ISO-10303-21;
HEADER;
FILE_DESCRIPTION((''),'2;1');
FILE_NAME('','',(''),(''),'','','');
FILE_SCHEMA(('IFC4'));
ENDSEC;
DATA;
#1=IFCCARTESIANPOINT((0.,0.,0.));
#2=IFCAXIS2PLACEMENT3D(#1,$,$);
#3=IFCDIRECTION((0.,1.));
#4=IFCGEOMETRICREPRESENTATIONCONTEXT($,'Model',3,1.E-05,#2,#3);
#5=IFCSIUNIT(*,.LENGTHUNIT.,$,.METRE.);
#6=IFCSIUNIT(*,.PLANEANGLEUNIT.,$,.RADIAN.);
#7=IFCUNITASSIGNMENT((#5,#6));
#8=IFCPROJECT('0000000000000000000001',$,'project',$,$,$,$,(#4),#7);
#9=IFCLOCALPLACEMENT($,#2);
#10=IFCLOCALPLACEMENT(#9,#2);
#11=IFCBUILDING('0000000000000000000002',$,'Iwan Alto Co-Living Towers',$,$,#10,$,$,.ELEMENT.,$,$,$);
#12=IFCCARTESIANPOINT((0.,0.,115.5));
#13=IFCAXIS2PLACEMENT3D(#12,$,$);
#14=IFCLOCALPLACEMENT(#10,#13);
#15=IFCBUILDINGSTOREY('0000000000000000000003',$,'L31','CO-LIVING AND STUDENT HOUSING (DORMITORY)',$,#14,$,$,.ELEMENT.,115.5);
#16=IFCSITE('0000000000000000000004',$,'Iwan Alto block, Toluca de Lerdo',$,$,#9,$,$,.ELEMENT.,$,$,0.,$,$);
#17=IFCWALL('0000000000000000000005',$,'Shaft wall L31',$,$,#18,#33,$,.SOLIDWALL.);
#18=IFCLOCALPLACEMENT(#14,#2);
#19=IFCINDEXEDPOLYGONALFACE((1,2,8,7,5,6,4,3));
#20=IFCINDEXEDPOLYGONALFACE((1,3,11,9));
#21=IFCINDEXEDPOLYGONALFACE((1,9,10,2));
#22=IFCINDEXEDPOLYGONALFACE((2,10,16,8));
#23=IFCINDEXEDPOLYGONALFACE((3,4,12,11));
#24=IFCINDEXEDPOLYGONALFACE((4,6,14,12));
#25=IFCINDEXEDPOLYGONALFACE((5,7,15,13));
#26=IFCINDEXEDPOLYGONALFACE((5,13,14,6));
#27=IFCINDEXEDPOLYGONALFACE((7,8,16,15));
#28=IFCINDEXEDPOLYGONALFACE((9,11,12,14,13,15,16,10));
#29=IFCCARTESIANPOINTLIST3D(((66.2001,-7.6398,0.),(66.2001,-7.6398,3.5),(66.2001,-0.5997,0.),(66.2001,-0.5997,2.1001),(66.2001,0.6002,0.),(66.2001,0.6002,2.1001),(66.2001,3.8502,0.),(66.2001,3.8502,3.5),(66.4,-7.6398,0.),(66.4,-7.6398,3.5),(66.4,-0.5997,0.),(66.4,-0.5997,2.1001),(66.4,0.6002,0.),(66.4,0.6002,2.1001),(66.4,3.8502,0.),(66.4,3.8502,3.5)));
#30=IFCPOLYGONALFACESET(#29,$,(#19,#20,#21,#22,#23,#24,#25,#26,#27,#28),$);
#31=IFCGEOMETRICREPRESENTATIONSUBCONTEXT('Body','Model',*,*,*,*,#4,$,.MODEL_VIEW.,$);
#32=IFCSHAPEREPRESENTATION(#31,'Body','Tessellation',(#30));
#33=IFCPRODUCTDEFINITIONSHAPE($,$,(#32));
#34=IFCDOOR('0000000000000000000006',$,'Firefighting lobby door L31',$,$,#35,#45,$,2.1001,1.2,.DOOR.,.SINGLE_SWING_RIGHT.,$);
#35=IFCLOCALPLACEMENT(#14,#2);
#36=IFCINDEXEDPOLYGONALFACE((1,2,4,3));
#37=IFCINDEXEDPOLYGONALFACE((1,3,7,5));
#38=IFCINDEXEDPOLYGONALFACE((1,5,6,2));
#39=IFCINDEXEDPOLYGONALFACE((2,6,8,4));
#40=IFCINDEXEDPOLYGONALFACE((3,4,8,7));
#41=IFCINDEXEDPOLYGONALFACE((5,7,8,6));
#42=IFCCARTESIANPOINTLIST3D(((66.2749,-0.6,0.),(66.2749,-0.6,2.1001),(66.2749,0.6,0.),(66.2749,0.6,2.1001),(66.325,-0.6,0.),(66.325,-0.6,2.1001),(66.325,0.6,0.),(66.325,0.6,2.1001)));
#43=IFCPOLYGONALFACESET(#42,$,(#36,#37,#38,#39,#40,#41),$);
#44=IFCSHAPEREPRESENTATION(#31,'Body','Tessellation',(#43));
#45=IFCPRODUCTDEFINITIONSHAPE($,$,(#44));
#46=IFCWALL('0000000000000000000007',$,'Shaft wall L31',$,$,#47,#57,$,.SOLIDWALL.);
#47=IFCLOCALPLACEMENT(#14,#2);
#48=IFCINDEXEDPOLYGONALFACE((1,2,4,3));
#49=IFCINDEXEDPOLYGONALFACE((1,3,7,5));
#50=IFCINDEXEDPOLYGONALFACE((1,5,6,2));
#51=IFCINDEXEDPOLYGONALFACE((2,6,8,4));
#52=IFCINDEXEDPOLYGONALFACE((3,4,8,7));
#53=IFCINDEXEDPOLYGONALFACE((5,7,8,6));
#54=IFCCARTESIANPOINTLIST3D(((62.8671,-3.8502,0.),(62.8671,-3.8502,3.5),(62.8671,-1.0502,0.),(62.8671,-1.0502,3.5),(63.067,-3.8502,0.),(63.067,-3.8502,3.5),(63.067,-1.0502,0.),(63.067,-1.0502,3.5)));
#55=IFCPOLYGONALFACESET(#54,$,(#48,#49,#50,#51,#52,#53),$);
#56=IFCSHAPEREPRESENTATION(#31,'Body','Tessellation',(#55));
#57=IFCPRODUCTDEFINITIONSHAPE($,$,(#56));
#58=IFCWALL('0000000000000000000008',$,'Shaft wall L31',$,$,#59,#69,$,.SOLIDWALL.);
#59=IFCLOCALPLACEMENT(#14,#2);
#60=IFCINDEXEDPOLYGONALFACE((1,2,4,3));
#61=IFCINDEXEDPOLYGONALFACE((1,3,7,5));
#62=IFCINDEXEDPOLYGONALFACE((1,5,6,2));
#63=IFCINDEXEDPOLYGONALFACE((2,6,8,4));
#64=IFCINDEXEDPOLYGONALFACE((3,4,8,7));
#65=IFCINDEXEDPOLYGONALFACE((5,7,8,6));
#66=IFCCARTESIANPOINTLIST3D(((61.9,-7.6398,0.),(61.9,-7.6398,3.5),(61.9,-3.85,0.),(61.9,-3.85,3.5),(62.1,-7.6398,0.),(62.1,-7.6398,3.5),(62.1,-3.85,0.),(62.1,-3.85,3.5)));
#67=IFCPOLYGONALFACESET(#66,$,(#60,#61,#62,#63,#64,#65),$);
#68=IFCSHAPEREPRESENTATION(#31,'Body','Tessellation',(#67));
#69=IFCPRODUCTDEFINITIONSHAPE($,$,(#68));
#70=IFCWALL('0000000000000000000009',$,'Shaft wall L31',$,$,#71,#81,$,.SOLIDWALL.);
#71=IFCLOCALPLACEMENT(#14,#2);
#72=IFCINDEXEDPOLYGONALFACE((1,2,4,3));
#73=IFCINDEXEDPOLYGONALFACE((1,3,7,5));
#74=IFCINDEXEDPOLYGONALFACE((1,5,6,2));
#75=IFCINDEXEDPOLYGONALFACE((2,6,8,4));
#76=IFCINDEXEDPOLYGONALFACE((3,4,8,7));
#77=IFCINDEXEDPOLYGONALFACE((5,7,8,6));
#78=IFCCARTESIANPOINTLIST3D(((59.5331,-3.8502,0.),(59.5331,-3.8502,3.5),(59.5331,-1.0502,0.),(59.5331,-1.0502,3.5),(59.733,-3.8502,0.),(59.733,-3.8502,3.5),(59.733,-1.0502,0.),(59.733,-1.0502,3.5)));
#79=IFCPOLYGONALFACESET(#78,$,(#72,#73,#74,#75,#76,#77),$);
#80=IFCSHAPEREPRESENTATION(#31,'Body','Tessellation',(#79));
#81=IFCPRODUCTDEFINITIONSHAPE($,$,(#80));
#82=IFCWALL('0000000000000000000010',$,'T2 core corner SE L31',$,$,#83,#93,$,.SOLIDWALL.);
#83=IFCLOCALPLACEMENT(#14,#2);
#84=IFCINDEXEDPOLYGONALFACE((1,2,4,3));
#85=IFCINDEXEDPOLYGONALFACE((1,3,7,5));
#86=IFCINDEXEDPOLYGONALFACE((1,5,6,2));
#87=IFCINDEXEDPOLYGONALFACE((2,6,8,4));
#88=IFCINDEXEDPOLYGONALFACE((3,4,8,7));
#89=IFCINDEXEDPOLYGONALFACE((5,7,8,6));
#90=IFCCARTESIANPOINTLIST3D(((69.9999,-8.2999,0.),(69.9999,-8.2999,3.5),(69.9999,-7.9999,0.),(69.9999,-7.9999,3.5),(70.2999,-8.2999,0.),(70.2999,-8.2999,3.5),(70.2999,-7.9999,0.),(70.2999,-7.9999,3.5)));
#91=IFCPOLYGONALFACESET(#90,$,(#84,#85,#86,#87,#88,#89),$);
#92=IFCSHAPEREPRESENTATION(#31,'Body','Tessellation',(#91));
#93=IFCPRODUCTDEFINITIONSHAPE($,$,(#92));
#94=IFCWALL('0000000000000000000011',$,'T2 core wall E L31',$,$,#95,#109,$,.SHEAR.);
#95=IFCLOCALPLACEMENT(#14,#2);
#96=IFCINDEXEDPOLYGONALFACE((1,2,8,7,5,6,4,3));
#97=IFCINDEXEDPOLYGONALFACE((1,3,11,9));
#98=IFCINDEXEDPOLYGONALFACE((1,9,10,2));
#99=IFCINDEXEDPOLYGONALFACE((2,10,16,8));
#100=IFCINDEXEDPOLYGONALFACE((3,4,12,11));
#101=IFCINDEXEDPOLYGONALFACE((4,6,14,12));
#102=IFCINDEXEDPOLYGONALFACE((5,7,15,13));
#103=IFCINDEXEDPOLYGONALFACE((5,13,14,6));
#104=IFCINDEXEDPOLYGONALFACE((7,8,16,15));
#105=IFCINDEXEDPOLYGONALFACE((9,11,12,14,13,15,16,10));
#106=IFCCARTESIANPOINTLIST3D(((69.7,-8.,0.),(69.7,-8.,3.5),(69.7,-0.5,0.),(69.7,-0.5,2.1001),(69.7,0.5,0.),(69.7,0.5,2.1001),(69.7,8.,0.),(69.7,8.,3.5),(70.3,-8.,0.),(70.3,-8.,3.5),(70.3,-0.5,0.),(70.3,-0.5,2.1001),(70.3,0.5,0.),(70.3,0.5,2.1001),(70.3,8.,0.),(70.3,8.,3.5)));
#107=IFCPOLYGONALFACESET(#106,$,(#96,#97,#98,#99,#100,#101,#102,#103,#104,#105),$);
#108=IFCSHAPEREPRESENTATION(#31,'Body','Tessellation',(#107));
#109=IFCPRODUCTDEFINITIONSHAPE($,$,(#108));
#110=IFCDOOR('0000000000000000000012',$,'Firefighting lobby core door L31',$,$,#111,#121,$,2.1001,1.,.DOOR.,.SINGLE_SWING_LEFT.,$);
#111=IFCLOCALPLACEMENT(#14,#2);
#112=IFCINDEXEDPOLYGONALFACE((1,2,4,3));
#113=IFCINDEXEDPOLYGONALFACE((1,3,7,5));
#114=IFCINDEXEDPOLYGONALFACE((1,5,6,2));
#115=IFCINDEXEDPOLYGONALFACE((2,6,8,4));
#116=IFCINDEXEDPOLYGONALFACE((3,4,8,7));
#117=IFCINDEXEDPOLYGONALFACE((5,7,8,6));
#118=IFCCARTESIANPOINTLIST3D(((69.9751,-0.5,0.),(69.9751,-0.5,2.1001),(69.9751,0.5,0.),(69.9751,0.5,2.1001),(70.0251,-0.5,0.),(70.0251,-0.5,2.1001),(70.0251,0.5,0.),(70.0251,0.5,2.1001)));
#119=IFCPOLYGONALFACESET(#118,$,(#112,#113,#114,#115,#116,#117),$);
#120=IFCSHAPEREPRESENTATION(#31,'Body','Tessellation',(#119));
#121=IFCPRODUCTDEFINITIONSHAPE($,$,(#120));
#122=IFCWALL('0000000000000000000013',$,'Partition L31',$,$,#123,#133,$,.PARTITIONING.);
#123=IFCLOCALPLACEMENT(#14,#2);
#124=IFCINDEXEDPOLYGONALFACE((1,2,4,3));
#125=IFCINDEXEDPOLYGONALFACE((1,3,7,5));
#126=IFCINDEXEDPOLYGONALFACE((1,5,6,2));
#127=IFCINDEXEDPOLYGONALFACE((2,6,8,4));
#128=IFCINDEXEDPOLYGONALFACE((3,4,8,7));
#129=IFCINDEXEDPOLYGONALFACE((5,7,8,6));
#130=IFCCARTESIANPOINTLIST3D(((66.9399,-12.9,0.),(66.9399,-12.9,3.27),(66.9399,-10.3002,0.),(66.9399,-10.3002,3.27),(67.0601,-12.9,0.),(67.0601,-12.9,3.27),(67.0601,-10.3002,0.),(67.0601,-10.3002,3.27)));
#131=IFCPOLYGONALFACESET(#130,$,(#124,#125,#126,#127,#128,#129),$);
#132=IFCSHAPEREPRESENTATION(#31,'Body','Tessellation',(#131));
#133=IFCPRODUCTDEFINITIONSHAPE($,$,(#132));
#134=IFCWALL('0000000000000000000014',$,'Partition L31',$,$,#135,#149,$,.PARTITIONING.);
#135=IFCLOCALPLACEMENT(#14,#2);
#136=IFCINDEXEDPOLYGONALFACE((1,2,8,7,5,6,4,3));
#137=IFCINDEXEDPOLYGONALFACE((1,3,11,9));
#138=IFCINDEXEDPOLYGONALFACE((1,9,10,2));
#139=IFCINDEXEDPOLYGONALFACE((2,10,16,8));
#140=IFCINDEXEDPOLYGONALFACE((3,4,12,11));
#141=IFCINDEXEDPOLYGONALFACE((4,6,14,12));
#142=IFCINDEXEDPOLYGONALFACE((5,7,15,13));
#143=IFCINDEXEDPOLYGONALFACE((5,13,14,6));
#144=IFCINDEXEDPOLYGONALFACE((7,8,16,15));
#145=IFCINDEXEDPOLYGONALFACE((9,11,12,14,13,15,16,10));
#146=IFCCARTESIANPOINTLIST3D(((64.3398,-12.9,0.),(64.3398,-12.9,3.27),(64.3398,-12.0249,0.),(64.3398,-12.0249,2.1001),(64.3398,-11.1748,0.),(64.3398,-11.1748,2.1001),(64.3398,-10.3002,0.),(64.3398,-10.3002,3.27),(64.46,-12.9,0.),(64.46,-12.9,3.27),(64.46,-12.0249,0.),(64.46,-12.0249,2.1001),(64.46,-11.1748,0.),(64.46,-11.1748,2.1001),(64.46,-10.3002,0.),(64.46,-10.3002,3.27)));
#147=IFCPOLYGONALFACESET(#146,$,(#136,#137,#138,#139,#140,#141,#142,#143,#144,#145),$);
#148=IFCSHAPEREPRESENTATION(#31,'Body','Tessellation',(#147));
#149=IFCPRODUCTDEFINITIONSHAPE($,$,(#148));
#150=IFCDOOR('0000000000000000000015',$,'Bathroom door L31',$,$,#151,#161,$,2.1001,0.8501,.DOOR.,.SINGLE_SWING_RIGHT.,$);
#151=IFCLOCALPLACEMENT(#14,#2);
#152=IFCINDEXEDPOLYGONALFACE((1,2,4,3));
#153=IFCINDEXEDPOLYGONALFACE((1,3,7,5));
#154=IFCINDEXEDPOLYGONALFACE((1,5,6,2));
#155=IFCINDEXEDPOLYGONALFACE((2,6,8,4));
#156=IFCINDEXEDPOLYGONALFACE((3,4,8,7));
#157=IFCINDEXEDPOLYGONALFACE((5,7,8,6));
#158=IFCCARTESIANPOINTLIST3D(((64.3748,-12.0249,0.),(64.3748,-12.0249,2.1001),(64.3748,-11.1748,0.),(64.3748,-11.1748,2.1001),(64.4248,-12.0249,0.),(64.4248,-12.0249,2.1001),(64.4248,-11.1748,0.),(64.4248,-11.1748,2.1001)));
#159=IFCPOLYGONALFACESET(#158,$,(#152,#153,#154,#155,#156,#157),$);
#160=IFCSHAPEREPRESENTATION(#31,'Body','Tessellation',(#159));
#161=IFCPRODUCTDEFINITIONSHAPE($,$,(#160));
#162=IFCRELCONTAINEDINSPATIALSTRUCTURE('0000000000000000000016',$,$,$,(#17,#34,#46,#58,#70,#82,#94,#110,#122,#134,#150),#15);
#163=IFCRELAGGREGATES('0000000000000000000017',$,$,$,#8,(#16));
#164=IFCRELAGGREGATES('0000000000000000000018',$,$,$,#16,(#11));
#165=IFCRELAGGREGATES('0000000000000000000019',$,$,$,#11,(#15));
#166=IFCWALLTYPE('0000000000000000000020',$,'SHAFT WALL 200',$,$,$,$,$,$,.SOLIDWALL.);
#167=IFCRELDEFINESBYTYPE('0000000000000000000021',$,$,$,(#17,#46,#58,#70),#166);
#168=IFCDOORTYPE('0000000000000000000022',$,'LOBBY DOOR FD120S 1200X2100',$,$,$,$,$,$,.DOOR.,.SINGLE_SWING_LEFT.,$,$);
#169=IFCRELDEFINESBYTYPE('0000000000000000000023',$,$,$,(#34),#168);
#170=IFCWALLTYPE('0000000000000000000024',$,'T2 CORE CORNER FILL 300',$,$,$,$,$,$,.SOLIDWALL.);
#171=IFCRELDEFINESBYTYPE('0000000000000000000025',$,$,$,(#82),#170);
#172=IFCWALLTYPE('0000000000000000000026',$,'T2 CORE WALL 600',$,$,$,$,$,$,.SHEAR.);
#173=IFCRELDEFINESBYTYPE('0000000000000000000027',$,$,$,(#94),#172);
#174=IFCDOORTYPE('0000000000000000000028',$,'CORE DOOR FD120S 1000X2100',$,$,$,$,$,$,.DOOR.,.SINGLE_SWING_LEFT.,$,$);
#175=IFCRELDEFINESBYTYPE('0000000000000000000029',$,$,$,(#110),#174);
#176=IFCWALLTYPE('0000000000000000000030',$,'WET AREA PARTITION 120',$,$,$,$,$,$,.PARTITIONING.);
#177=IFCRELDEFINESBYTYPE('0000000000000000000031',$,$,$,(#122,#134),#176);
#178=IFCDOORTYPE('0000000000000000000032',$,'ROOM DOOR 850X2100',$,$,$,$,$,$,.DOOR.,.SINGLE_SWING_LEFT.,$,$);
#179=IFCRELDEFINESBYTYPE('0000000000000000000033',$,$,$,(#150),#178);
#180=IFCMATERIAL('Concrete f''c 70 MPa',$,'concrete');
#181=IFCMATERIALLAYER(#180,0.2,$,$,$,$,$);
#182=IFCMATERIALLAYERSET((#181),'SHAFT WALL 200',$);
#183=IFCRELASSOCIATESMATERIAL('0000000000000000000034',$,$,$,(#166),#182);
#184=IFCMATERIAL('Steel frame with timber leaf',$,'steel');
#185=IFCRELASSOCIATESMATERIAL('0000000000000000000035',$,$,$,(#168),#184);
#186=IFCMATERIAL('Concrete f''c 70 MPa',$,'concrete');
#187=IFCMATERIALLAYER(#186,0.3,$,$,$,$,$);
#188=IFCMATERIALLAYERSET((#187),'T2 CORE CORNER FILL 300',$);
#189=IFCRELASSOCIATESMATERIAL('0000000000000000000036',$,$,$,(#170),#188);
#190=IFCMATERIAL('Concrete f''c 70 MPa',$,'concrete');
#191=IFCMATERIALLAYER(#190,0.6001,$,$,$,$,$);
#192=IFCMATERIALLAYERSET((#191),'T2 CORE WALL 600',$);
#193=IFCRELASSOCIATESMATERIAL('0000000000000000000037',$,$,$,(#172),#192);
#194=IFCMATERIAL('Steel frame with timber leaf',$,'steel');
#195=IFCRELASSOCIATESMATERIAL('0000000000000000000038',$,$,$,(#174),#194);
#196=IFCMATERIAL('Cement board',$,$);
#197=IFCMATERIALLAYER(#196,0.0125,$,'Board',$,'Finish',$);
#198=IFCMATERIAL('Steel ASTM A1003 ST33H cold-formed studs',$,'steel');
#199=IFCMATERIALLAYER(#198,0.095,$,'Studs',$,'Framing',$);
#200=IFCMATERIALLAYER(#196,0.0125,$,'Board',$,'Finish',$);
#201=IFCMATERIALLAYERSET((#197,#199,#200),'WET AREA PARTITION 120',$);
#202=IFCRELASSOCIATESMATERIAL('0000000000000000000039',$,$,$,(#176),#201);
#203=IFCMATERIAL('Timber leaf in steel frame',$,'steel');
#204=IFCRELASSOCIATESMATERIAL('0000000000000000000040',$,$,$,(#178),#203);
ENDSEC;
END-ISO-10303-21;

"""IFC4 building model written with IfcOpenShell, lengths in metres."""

from ifc_helpers import new_model, si_unit, direction, frame, frame_2d, origin, place, context, subcontext, project, spatial, rectangle, extrude, material, layer, layer_set, type_object, element, fill, save


model = new_model("IFC4")

# Units and contexts
model_context = context("Model", 3, precision=1e-05, world=origin(), true_north=direction((0.0, 1.0)))
body_context = subcontext(model_context, "Body", "Model", "MODEL_VIEW")
ifc_project = project(units=[si_unit("LENGTHUNIT", "METRE"), si_unit("PLANEANGLEUNIT", "RADIAN")], contexts=[model_context])

# Site, building, storey
site_placement = place(None, origin())
site = spatial("IfcSite", under=ifc_project, at=site_placement, Name="Iwan Alto block, Toluca de Lerdo", CompositionType="ELEMENT", RefElevation=0.0)
building_placement = place(site_placement, origin())
building = spatial("IfcBuilding", under=site, at=building_placement, Name="Iwan Alto Co-Living Towers", CompositionType="ELEMENT")
storey_placement = place(building_placement, frame((0.0, 0.0, 115.5)))
storey = spatial("IfcBuildingStorey", under=building, at=storey_placement, Name="L31", Description="CO-LIVING AND STUDENT HOUSING (DORMITORY)", CompositionType="ELEMENT", Elevation=115.5)

# Shared definitions
ifc_material_1 = material(Name="Steel ASTM A1003 ST33H cold-formed studs", Category="steel")

# Wall, opening, door
ifc_material_2 = material(Name="Concrete f'c 70 MPa", Category="concrete")
ifc_layer_1 = layer(ifc_material_2, 0.2)
ifc_layer_set_1 = layer_set([ifc_layer_1], Name="SHAFT WALL 200")
wall_type_1 = type_object("IfcWallType", Name="SHAFT WALL 200", PredefinedType="SOLIDWALL", material=ifc_layer_set_1)
wall_1_placement = place(storey_placement, frame((66.3, -7.6399, 0.0), z_axis=(0.0, 0.0, 1.0), x_axis=(0.0, 1.0, 0.0)))
wall_1 = element("IfcWall", 1, at=wall_1_placement, inside=storey, type_object=wall_type_1, Name="Shaft wall L31", PredefinedType="SOLIDWALL", context=body_context, shape_type="SweptSolid", body=[
    extrude(rectangle(XDim=11.49, YDim=0.2, at=frame_2d((5.7451, 0.0))), origin(), (0.0, 0.0, 1.0), 3.5),
])
opening_1_placement = place(wall_1_placement, frame((7.04, 0.0, 0.0)))
opening_1 = element("IfcOpeningElement", 2, at=opening_1_placement, cuts=wall_1, PredefinedType="OPENING", context=body_context, shape_type="SweptSolid", body=[
    extrude(rectangle(XDim=1.2, YDim=2.1001, at=frame_2d((0.6001, 1.05))), frame((0.0, 0.1099, 0.0), z_axis=(0.0, -1.0, 0.0), x_axis=(1.0, 0.0, 0.0)), (0.0, 0.0, 1.0), 0.22),
])
ifc_material_3 = material(Name="Steel frame with timber leaf", Category="steel")
door_type_1 = type_object("IfcDoorType", Name="LOBBY DOOR FD120S 1200X2100", OperationType="SINGLE_SWING_LEFT", PredefinedType="DOOR", material=ifc_material_3)
door_1_placement = place(opening_1_placement, frame((1.2, 0.0, 0.0), z_axis=(0.0, 0.0, 1.0), x_axis=(-1.0, 0.0, 0.0)))
door_1 = element("IfcDoor", 3, at=door_1_placement, inside=storey, type_object=door_type_1, Name="Firefighting lobby door L31", OperationType="SINGLE_SWING_RIGHT", OverallHeight=2.1001, OverallWidth=1.2, PredefinedType="DOOR", context=body_context, shape_type="SweptSolid", body=[
    extrude(rectangle(XDim=1.2, YDim=2.1001, at=frame_2d((0.6001, 1.05))), frame((0.0, 0.0249, 0.0), z_axis=(0.0, -1.0, 0.0), x_axis=(1.0, 0.0, 0.0)), (0.0, 0.0, 1.0), 0.05),
])
fill(opening_1, door_1)

# Walls
wall_2_placement = place(storey_placement, frame((62.967, -3.8501, 0.0), z_axis=(0.0, 0.0, 1.0), x_axis=(0.0, 1.0, 0.0)))
element("IfcWall", 4, at=wall_2_placement, inside=storey, type_object=wall_type_1, Name="Shaft wall L31", PredefinedType="SOLIDWALL", context=body_context, shape_type="SweptSolid", body=[
    extrude(rectangle(XDim=2.8, YDim=0.2, at=frame_2d((1.3999, 0.0))), origin(), (0.0, 0.0, 1.0), 3.5),
])
wall_3_placement = place(storey_placement, frame((62.0, -7.6399, 0.0), z_axis=(0.0, 0.0, 1.0), x_axis=(0.0, 1.0, 0.0)))
element("IfcWall", 5, at=wall_3_placement, inside=storey, type_object=wall_type_1, Name="Shaft wall L31", PredefinedType="SOLIDWALL", context=body_context, shape_type="SweptSolid", body=[
    extrude(rectangle(XDim=3.7898, YDim=0.2, at=frame_2d((1.895, 0.0))), origin(), (0.0, 0.0, 1.0), 3.5),
])
wall_4_placement = place(storey_placement, frame((59.6331, -3.8501, 0.0), z_axis=(0.0, 0.0, 1.0), x_axis=(0.0, 1.0, 0.0)))
element("IfcWall", 6, at=wall_4_placement, inside=storey, type_object=wall_type_1, Name="Shaft wall L31", PredefinedType="SOLIDWALL", context=body_context, shape_type="SweptSolid", body=[
    extrude(rectangle(XDim=2.8, YDim=0.2, at=frame_2d((1.3999, 0.0))), origin(), (0.0, 0.0, 1.0), 3.5),
])
ifc_material_4 = material(Name="Concrete f'c 70 MPa", Category="concrete")
ifc_layer_2 = layer(ifc_material_4, 0.3)
ifc_layer_set_2 = layer_set([ifc_layer_2], Name="T2 CORE CORNER FILL 300")
wall_type_2 = type_object("IfcWallType", Name="T2 CORE CORNER FILL 300", PredefinedType="SOLIDWALL", material=ifc_layer_set_2)
wall_5_placement = place(storey_placement, frame((70.0, -8.1499, 0.0), z_axis=(0.0, 0.0, 1.0), x_axis=(1.0, 0.0, 0.0)))
element("IfcWall", 7, at=wall_5_placement, inside=storey, type_object=wall_type_2, Name="T2 core corner SE L31", PredefinedType="SOLIDWALL", context=body_context, shape_type="SweptSolid", body=[
    extrude(rectangle(XDim=0.3, YDim=0.3, at=frame_2d((0.1499, 0.0))), origin(), (0.0, 0.0, 1.0), 3.5),
])

# Wall, opening, door
ifc_material_5 = material(Name="Concrete f'c 70 MPa", Category="concrete")
ifc_layer_3 = layer(ifc_material_5, 0.6001)
ifc_layer_set_3 = layer_set([ifc_layer_3], Name="T2 CORE WALL 600")
wall_type_3 = type_object("IfcWallType", Name="T2 CORE WALL 600", PredefinedType="SHEAR", material=ifc_layer_set_3)
wall_6_placement = place(storey_placement, frame((70.0, -8.0, 0.0), z_axis=(0.0, 0.0, 1.0), x_axis=(0.0, 1.0, 0.0)))
wall_6 = element("IfcWall", 8, at=wall_6_placement, inside=storey, type_object=wall_type_3, Name="T2 core wall E L31", PredefinedType="SHEAR", context=body_context, shape_type="SweptSolid", body=[
    extrude(rectangle(XDim=16.0, YDim=0.6001, at=frame_2d((8.0, 0.0))), origin(), (0.0, 0.0, 1.0), 3.5),
])
opening_2_placement = place(wall_6_placement, frame((7.5, 0.0, 0.0)))
opening_2 = element("IfcOpeningElement", 9, at=opening_2_placement, cuts=wall_6, PredefinedType="OPENING", context=body_context, shape_type="SweptSolid", body=[
    extrude(rectangle(XDim=1.0, YDim=2.1001, at=frame_2d((0.5, 1.05))), frame((0.0, 0.3101, 0.0), z_axis=(0.0, -1.0, 0.0), x_axis=(1.0, 0.0, 0.0)), (0.0, 0.0, 1.0), 0.6201),
])
ifc_material_6 = material(Name="Steel frame with timber leaf", Category="steel")
door_type_2 = type_object("IfcDoorType", Name="CORE DOOR FD120S 1000X2100", OperationType="SINGLE_SWING_LEFT", PredefinedType="DOOR", material=ifc_material_6)
door_2_placement = place(opening_2_placement, origin())
door_2 = element("IfcDoor", 10, at=door_2_placement, inside=storey, type_object=door_type_2, Name="Firefighting lobby core door L31", OperationType="SINGLE_SWING_LEFT", OverallHeight=2.1001, OverallWidth=1.0, PredefinedType="DOOR", context=body_context, shape_type="SweptSolid", body=[
    extrude(rectangle(XDim=1.0, YDim=2.1001, at=frame_2d((0.5, 1.05))), frame((0.0, 0.0249, 0.0), z_axis=(0.0, -1.0, 0.0), x_axis=(1.0, 0.0, 0.0)), (0.0, 0.0, 1.0), 0.05),
])
fill(opening_2, door_2)

# Wall
ifc_material_7 = material(Name="Cement board")
ifc_layer_4 = layer(ifc_material_7, 0.0125, Name="Board", Category="Finish")
ifc_layer_5 = layer(ifc_material_1, 0.095, Name="Studs", Category="Framing")
ifc_layer_6 = layer(ifc_material_7, 0.0125, Name="Board", Category="Finish")
ifc_layer_set_4 = layer_set([ifc_layer_4, ifc_layer_5, ifc_layer_6], Name="WET AREA PARTITION 120")
wall_type_4 = type_object("IfcWallType", Name="WET AREA PARTITION 120", PredefinedType="PARTITIONING", material=ifc_layer_set_4)
wall_7_placement = place(storey_placement, frame((67.0, -12.8999, 0.0), z_axis=(0.0, 0.0, 1.0), x_axis=(0.0, 1.0, 0.0)))
element("IfcWall", 11, at=wall_7_placement, inside=storey, type_object=wall_type_4, Name="Partition L31", PredefinedType="PARTITIONING", context=body_context, shape_type="SweptSolid", body=[
    extrude(rectangle(XDim=2.5999, YDim=0.1201, at=frame_2d((1.2998, 0.0))), origin(), (0.0, 0.0, 1.0), 3.27),
])

# Wall, opening, door
wall_8_placement = place(storey_placement, frame((64.3999, -12.8999, 0.0), z_axis=(0.0, 0.0, 1.0), x_axis=(0.0, 1.0, 0.0)))
wall_8 = element("IfcWall", 12, at=wall_8_placement, inside=storey, type_object=wall_type_4, Name="Partition L31", PredefinedType="PARTITIONING", context=body_context, shape_type="SweptSolid", body=[
    extrude(rectangle(XDim=2.5999, YDim=0.1201, at=frame_2d((1.2998, 0.0))), origin(), (0.0, 0.0, 1.0), 3.27),
])
opening_3_placement = place(wall_8_placement, frame((0.875, 0.0, 0.0)))
opening_3 = element("IfcOpeningElement", 13, at=opening_3_placement, cuts=wall_8, PredefinedType="OPENING", context=body_context, shape_type="SweptSolid", body=[
    extrude(rectangle(XDim=0.8501, YDim=2.1001, at=frame_2d((0.425, 1.05))), frame((0.0, 0.0701, 0.0), z_axis=(0.0, -1.0, 0.0), x_axis=(1.0, 0.0, 0.0)), (0.0, 0.0, 1.0), 0.1401),
])
ifc_material_8 = material(Name="Timber leaf in steel frame", Category="steel")
door_type_3 = type_object("IfcDoorType", Name="ROOM DOOR 850X2100", OperationType="SINGLE_SWING_LEFT", PredefinedType="DOOR", material=ifc_material_8)
door_3_placement = place(opening_3_placement, frame((0.8501, 0.0, 0.0), z_axis=(0.0, 0.0, 1.0), x_axis=(-1.0, 0.0, 0.0)))
door_3 = element("IfcDoor", 14, at=door_3_placement, inside=storey, type_object=door_type_3, Name="Bathroom door L31", OperationType="SINGLE_SWING_RIGHT", OverallHeight=2.1001, OverallWidth=0.8501, PredefinedType="DOOR", context=body_context, shape_type="SweptSolid", body=[
    extrude(rectangle(XDim=0.8501, YDim=2.1001, at=frame_2d((0.425, 1.05))), frame((0.0, 0.0249, 0.0), z_axis=(0.0, -1.0, 0.0), x_axis=(1.0, 0.0, 0.0)), (0.0, 0.0, 1.0), 0.05),
])
fill(opening_3, door_3)

save(model, "model.ifc")
